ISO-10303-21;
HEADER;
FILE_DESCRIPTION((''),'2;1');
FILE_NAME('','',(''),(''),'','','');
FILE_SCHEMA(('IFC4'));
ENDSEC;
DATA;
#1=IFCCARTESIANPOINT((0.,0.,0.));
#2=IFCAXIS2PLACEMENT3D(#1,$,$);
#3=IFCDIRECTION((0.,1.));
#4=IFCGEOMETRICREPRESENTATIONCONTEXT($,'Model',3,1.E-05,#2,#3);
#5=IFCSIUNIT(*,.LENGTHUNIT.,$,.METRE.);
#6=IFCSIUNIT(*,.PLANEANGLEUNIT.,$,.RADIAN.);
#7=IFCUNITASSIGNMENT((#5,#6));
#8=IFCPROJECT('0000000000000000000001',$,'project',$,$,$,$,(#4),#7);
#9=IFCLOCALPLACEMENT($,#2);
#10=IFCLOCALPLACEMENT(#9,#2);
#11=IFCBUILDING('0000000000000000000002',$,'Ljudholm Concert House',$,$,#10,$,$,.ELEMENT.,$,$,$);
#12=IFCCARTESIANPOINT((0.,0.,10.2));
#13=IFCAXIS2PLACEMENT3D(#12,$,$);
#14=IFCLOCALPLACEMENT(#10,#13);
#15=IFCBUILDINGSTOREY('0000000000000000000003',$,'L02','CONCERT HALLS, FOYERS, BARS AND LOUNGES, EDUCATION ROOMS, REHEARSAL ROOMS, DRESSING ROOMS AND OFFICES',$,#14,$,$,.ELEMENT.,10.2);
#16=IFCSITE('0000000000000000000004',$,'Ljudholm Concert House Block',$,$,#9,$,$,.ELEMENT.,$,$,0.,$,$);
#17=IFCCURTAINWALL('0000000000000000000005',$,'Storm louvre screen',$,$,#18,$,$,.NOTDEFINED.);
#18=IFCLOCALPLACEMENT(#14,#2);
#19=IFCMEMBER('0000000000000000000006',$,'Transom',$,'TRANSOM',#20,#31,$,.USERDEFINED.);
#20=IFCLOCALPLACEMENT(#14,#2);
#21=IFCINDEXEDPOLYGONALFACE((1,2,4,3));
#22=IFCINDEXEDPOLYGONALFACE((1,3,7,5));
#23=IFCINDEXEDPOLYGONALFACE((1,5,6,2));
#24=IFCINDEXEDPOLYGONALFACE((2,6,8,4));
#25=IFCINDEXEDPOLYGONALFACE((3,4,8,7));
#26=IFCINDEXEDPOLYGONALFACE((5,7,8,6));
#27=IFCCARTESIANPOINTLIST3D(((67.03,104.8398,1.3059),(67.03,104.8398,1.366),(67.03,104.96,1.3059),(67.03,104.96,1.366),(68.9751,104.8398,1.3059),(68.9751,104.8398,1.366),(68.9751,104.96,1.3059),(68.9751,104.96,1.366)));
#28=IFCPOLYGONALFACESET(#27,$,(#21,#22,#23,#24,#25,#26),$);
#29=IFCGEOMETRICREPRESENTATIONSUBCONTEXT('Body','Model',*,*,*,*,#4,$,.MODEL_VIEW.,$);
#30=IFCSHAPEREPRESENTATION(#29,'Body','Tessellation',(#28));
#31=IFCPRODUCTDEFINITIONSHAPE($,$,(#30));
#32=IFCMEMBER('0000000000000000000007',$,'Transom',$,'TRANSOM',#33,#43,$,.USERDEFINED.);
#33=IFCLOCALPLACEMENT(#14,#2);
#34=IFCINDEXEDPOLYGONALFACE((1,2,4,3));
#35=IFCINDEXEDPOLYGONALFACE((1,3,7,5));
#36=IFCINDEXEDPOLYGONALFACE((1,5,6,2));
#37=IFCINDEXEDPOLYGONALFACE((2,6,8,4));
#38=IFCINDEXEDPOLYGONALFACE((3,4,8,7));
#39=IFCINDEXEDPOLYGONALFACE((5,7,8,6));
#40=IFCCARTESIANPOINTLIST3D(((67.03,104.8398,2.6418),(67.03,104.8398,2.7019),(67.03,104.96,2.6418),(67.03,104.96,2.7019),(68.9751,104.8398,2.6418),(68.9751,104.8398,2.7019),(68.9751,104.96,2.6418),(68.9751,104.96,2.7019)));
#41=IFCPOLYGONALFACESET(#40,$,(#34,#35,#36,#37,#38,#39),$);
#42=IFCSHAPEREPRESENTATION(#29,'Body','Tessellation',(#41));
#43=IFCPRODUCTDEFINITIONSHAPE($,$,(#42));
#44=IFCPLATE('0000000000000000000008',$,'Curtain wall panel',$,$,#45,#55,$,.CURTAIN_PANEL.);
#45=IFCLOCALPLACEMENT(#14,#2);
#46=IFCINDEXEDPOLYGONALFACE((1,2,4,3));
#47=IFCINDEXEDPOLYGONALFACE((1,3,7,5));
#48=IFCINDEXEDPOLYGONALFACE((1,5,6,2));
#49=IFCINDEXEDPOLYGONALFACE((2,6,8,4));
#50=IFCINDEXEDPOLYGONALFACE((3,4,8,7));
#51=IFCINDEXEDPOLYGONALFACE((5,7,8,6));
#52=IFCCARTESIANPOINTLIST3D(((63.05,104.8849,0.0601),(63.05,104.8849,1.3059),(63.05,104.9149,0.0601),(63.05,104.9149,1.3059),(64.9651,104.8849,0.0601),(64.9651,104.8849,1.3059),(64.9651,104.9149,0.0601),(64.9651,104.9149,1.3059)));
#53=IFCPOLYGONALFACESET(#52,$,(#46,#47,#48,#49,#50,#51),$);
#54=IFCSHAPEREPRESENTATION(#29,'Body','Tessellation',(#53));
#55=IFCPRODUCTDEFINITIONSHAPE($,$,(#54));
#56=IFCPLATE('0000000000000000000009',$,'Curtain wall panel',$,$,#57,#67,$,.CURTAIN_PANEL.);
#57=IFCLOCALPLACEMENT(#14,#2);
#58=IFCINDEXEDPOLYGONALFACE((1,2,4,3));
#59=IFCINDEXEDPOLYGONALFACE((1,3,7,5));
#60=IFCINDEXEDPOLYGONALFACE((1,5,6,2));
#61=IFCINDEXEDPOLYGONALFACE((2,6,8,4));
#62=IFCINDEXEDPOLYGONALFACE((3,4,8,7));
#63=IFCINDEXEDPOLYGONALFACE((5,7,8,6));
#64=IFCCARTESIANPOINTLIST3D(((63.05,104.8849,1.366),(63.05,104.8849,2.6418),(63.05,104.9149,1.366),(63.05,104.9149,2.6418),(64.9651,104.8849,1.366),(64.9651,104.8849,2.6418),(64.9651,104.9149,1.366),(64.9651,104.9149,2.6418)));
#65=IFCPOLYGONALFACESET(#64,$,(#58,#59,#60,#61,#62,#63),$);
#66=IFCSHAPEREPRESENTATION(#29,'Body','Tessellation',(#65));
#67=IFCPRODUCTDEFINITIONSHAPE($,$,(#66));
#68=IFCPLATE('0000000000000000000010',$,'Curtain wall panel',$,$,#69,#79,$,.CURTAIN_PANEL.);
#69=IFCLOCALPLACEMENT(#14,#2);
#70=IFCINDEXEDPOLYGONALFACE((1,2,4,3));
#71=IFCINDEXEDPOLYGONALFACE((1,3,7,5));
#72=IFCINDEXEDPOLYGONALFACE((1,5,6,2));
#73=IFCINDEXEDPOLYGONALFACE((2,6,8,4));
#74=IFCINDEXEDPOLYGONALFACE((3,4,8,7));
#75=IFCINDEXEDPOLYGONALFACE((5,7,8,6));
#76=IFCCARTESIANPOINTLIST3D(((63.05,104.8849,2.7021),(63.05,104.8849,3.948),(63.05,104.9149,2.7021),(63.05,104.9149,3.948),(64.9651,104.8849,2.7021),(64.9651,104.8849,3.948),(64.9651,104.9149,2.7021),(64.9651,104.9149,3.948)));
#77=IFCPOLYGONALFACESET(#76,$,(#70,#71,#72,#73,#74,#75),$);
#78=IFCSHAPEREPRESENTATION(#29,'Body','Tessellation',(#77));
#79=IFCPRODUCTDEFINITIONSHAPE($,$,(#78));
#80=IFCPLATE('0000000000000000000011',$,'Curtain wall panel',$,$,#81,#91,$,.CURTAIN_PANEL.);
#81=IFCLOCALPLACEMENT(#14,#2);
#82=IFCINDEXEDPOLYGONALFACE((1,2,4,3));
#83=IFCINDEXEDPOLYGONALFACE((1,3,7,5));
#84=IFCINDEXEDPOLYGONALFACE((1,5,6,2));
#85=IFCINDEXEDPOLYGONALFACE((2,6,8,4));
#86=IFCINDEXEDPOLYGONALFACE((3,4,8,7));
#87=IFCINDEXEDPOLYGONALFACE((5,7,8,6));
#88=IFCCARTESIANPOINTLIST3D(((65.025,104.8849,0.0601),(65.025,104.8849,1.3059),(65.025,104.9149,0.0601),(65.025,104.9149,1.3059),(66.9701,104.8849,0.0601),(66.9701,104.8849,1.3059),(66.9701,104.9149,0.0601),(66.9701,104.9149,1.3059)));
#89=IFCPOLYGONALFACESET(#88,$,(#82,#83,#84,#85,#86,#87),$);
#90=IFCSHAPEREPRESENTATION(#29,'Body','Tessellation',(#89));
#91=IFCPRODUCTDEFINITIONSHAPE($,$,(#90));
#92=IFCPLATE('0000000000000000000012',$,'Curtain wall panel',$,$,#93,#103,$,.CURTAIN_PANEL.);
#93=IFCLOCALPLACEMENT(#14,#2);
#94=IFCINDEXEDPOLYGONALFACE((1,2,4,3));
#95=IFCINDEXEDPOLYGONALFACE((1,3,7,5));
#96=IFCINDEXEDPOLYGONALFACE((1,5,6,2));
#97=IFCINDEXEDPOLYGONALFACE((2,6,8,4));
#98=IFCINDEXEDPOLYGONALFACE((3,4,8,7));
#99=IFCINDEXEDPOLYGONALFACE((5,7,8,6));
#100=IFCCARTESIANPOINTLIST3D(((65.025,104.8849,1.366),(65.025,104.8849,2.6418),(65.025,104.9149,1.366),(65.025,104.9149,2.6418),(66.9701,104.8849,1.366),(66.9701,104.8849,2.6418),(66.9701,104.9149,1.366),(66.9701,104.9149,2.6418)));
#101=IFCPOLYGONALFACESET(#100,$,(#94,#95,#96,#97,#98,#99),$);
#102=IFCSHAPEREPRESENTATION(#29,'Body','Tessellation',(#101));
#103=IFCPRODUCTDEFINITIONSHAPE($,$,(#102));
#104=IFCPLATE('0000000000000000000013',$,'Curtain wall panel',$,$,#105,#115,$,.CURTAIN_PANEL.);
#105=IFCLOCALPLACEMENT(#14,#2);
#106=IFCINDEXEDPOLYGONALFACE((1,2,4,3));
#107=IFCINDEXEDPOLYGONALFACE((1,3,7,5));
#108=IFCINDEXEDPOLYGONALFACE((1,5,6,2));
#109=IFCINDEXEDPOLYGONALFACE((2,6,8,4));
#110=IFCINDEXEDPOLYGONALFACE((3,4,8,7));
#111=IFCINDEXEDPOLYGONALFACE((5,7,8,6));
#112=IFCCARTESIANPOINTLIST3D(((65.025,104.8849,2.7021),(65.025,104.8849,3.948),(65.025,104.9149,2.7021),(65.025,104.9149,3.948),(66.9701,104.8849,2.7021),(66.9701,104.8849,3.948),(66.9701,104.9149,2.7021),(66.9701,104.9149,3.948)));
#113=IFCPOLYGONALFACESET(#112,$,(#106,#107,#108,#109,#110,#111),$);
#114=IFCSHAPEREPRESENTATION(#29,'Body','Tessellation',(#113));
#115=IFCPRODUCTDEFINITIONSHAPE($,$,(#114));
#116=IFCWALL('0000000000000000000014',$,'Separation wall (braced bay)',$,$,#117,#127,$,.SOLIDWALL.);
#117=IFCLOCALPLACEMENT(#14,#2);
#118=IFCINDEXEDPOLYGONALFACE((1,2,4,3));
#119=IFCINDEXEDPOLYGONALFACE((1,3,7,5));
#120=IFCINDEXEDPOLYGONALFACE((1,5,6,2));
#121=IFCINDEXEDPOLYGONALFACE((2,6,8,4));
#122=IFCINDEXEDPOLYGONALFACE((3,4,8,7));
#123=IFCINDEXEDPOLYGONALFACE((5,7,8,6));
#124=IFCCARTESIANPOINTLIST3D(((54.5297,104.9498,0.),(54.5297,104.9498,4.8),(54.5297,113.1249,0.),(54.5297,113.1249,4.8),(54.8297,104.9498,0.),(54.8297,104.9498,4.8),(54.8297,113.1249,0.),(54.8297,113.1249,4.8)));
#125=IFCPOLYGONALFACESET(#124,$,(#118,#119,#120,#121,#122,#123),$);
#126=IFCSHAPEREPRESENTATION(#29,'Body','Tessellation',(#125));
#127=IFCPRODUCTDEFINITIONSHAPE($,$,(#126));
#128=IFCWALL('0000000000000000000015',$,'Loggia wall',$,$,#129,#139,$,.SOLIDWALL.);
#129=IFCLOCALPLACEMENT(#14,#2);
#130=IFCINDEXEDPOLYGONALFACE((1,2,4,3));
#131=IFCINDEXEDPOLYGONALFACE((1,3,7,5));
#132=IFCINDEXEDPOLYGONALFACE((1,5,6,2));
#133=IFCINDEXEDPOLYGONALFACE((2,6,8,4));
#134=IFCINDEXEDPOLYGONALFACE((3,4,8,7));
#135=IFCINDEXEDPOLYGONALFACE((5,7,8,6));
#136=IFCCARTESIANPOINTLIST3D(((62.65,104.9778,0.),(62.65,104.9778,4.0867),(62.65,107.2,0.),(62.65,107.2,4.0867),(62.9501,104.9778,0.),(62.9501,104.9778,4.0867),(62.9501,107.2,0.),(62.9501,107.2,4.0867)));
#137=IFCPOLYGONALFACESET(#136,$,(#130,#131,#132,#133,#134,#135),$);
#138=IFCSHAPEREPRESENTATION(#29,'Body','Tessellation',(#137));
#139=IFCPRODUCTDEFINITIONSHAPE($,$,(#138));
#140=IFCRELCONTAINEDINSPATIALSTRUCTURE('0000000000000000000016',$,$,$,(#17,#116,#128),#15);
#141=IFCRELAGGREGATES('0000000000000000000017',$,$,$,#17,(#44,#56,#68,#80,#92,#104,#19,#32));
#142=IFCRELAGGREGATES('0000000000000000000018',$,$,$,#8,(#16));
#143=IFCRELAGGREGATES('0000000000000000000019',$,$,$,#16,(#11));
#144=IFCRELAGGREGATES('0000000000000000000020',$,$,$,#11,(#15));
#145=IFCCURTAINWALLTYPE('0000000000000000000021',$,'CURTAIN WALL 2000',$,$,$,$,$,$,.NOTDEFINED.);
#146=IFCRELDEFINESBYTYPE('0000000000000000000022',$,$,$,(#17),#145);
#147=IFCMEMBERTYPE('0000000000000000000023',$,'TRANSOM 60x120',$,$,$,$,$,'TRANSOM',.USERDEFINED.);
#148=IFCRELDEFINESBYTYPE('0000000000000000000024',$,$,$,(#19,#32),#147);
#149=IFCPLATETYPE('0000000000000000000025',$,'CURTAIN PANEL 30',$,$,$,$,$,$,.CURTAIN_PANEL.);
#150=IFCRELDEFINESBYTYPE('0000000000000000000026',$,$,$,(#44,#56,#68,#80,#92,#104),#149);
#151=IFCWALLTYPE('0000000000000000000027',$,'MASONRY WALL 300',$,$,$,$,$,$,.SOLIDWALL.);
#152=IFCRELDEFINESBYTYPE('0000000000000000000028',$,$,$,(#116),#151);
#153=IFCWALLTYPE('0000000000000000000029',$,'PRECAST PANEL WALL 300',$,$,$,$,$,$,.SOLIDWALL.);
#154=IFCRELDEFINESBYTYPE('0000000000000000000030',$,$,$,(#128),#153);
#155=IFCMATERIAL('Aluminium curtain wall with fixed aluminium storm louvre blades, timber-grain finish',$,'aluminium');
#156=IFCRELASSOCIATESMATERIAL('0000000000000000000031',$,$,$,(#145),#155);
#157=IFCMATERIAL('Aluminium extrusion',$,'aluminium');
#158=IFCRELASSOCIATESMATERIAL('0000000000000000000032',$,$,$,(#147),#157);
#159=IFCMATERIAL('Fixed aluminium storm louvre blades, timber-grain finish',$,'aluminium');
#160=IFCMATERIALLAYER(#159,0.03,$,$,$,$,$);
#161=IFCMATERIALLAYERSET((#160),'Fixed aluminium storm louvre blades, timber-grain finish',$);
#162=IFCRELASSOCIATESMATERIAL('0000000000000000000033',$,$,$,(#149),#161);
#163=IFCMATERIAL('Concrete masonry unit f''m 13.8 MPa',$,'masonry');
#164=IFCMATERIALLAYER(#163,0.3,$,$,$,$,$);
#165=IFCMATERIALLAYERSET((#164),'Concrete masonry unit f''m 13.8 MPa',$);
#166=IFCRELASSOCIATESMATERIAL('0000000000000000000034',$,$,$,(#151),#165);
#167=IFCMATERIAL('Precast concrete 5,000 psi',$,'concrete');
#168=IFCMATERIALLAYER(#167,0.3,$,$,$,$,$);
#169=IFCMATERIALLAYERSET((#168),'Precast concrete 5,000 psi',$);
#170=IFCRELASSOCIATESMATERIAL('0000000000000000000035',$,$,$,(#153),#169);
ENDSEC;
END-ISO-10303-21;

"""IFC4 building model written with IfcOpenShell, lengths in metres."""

from ifc_helpers import new_model, si_unit, direction, frame, frame_2d, origin, origin_2d, place, context, subcontext, project, spatial, rectangle, extrude, material, layer, layer_set, material_profile, profile_set, type_object, element, aggregate, save


model = new_model("IFC4")

# Units and contexts
model_context = context("Model", 3, precision=1e-05, world=origin(), true_north=direction((0.0, 1.0)))
body_context = subcontext(model_context, "Body", "Model", "MODEL_VIEW")
ifc_project = project(units=[si_unit("LENGTHUNIT", "METRE"), si_unit("PLANEANGLEUNIT", "RADIAN")], contexts=[model_context])

# Site, building, storey
site_placement = place(None, origin())
site = spatial("IfcSite", under=ifc_project, at=site_placement, Name="Ljudholm Concert House Block", CompositionType="ELEMENT", RefElevation=0.0)
building_placement = place(site_placement, origin())
building = spatial("IfcBuilding", under=site, at=building_placement, Name="Ljudholm Concert House", CompositionType="ELEMENT")
storey_placement = place(building_placement, frame((0.0, 0.0, 10.2)))
storey = spatial("IfcBuildingStorey", under=building, at=storey_placement, Name="L02", Description="CONCERT HALLS, FOYERS, BARS AND LOUNGES, EDUCATION ROOMS, REHEARSAL ROOMS, DRESSING ROOMS AND OFFICES", CompositionType="ELEMENT", Elevation=10.2)

# Curtain wall
ifc_material_1 = material(Name="Aluminium curtain wall with fixed aluminium storm louvre blades, timber-grain finish", Category="aluminium")
curtain_wall_type = type_object("IfcCurtainWallType", Name="CURTAIN WALL 2000", PredefinedType="NOTDEFINED", material=ifc_material_1)
curtain_wall_placement = place(storey_placement, origin())
curtain_wall = element("IfcCurtainWall", 1, at=curtain_wall_placement, inside=storey, type_object=curtain_wall_type, Name="Storm louvre screen", PredefinedType="NOTDEFINED")

# Members
ifc_material_2 = material(Name="Aluminium extrusion", Category="aluminium")
ifc_material_profile_1 = material_profile(ifc_material_2, rectangle(XDim=0.1201, YDim=0.0601, at=origin_2d()), Name="TRANSOM 60x120")
ifc_profile_set_1 = profile_set([ifc_material_profile_1], Name="Aluminium extrusion")
member_type_1 = type_object("IfcMemberType", Name="TRANSOM 60x120", ElementType="TRANSOM", PredefinedType="USERDEFINED", material=ifc_profile_set_1)
member_1_placement = place(storey_placement, frame((67.03, 104.8999, 1.3359), z_axis=(1.0, 0.0, 0.0), x_axis=(0.0, 1.0, 0.0)))
member_1 = element("IfcMember", 2, at=member_1_placement, type_object=member_type_1, Name="Transom", ObjectType="TRANSOM", PredefinedType="USERDEFINED", context=body_context, shape_type="SweptSolid", body=[
    extrude(rectangle(XDim=0.1201, YDim=0.0601, at=origin_2d()), origin(), (0.0, 0.0, 1.0), 1.9451),
])
member_2_placement = place(storey_placement, frame((67.03, 104.8999, 2.6719), z_axis=(1.0, 0.0, 0.0), x_axis=(0.0, 1.0, 0.0)))
member_2 = element("IfcMember", 3, at=member_2_placement, type_object=member_type_1, Name="Transom", ObjectType="TRANSOM", PredefinedType="USERDEFINED", context=body_context, shape_type="SweptSolid", body=[
    extrude(rectangle(XDim=0.1201, YDim=0.0601, at=origin_2d()), origin(), (0.0, 0.0, 1.0), 1.9451),
])

# Plates
ifc_material_3 = material(Name="Fixed aluminium storm louvre blades, timber-grain finish", Category="aluminium")
ifc_layer_1 = layer(ifc_material_3, 0.03)
ifc_layer_set_1 = layer_set([ifc_layer_1], Name="Fixed aluminium storm louvre blades, timber-grain finish")
plate_type = type_object("IfcPlateType", Name="CURTAIN PANEL 30", PredefinedType="CURTAIN_PANEL", material=ifc_layer_set_1)
plate_1_placement = place(storey_placement, frame((64.0076, 104.8999, 0.0601), z_axis=(0.0, 0.0, 1.0), x_axis=(1.0, 0.0, 0.0)))
plate_1 = element("IfcPlate", 4, at=plate_1_placement, type_object=plate_type, Name="Curtain wall panel", PredefinedType="CURTAIN_PANEL", context=body_context, shape_type="SweptSolid", body=[
    extrude(rectangle(XDim=1.915, YDim=0.03, at=origin_2d()), origin(), (0.0, 0.0, 1.0), 1.2458),
])
plate_2_placement = place(storey_placement, frame((64.0076, 104.8999, 1.366), z_axis=(0.0, 0.0, 1.0), x_axis=(1.0, 0.0, 0.0)))
plate_2 = element("IfcPlate", 5, at=plate_2_placement, type_object=plate_type, Name="Curtain wall panel", PredefinedType="CURTAIN_PANEL", context=body_context, shape_type="SweptSolid", body=[
    extrude(rectangle(XDim=1.915, YDim=0.03, at=origin_2d()), origin(), (0.0, 0.0, 1.0), 1.2759),
])
plate_3_placement = place(storey_placement, frame((64.0076, 104.8999, 2.7021), z_axis=(0.0, 0.0, 1.0), x_axis=(1.0, 0.0, 0.0)))
plate_3 = element("IfcPlate", 6, at=plate_3_placement, type_object=plate_type, Name="Curtain wall panel", PredefinedType="CURTAIN_PANEL", context=body_context, shape_type="SweptSolid", body=[
    extrude(rectangle(XDim=1.915, YDim=0.03, at=origin_2d()), origin(), (0.0, 0.0, 1.0), 1.2458),
])
plate_4_placement = place(storey_placement, frame((65.9976, 104.8999, 0.0601), z_axis=(0.0, 0.0, 1.0), x_axis=(1.0, 0.0, 0.0)))
plate_4 = element("IfcPlate", 7, at=plate_4_placement, type_object=plate_type, Name="Curtain wall panel", PredefinedType="CURTAIN_PANEL", context=body_context, shape_type="SweptSolid", body=[
    extrude(rectangle(XDim=1.9451, YDim=0.03, at=origin_2d()), origin(), (0.0, 0.0, 1.0), 1.2458),
])
plate_5_placement = place(storey_placement, frame((65.9976, 104.8999, 1.366), z_axis=(0.0, 0.0, 1.0), x_axis=(1.0, 0.0, 0.0)))
plate_5 = element("IfcPlate", 8, at=plate_5_placement, type_object=plate_type, Name="Curtain wall panel", PredefinedType="CURTAIN_PANEL", context=body_context, shape_type="SweptSolid", body=[
    extrude(rectangle(XDim=1.9451, YDim=0.03, at=origin_2d()), origin(), (0.0, 0.0, 1.0), 1.2759),
])
plate_6_placement = place(storey_placement, frame((65.9976, 104.8999, 2.7021), z_axis=(0.0, 0.0, 1.0), x_axis=(1.0, 0.0, 0.0)))
plate_6 = element("IfcPlate", 9, at=plate_6_placement, type_object=plate_type, Name="Curtain wall panel", PredefinedType="CURTAIN_PANEL", context=body_context, shape_type="SweptSolid", body=[
    extrude(rectangle(XDim=1.9451, YDim=0.03, at=origin_2d()), origin(), (0.0, 0.0, 1.0), 1.2458),
])
aggregate(curtain_wall, [plate_1, plate_2, plate_3, plate_4, plate_5, plate_6, member_1, member_2])

# Walls
ifc_material_4 = material(Name="Concrete masonry unit f'm 13.8 MPa", Category="masonry")
ifc_layer_2 = layer(ifc_material_4, 0.3)
ifc_layer_set_2 = layer_set([ifc_layer_2], Name="Concrete masonry unit f'm 13.8 MPa")
wall_type_1 = type_object("IfcWallType", Name="MASONRY WALL 300", PredefinedType="SOLIDWALL", material=ifc_layer_set_2)
wall_1_placement = place(storey_placement, frame((54.6797, 104.95, 0.0), z_axis=(0.0, 0.0, 1.0), x_axis=(0.0, 1.0, 0.0)))
element("IfcWall", 10, at=wall_1_placement, inside=storey, type_object=wall_type_1, Name="Separation wall (braced bay)", PredefinedType="SOLIDWALL", context=body_context, shape_type="SweptSolid", body=[
    extrude(rectangle(XDim=8.175, YDim=0.3, at=frame_2d((4.0874, 0.0))), origin(), (0.0, 0.0, 1.0), 4.8),
])
ifc_material_5 = material(Name="Precast concrete 5,000 psi", Category="concrete")
ifc_layer_3 = layer(ifc_material_5, 0.3)
ifc_layer_set_3 = layer_set([ifc_layer_3], Name="Precast concrete 5,000 psi")
wall_type_2 = type_object("IfcWallType", Name="PRECAST PANEL WALL 300", PredefinedType="SOLIDWALL", material=ifc_layer_set_3)
wall_2_placement = place(storey_placement, frame((62.8, 104.9778, 0.0), z_axis=(0.0, 0.0, 1.0), x_axis=(0.0, 1.0, 0.0)))
element("IfcWall", 11, at=wall_2_placement, inside=storey, type_object=wall_type_2, Name="Loggia wall", PredefinedType="SOLIDWALL", context=body_context, shape_type="SweptSolid", body=[
    extrude(rectangle(XDim=2.2222, YDim=0.3, at=frame_2d((1.1111, 0.0))), origin(), (0.0, 0.0, 1.0), 4.0867),
])

save(model, "model.ifc")
